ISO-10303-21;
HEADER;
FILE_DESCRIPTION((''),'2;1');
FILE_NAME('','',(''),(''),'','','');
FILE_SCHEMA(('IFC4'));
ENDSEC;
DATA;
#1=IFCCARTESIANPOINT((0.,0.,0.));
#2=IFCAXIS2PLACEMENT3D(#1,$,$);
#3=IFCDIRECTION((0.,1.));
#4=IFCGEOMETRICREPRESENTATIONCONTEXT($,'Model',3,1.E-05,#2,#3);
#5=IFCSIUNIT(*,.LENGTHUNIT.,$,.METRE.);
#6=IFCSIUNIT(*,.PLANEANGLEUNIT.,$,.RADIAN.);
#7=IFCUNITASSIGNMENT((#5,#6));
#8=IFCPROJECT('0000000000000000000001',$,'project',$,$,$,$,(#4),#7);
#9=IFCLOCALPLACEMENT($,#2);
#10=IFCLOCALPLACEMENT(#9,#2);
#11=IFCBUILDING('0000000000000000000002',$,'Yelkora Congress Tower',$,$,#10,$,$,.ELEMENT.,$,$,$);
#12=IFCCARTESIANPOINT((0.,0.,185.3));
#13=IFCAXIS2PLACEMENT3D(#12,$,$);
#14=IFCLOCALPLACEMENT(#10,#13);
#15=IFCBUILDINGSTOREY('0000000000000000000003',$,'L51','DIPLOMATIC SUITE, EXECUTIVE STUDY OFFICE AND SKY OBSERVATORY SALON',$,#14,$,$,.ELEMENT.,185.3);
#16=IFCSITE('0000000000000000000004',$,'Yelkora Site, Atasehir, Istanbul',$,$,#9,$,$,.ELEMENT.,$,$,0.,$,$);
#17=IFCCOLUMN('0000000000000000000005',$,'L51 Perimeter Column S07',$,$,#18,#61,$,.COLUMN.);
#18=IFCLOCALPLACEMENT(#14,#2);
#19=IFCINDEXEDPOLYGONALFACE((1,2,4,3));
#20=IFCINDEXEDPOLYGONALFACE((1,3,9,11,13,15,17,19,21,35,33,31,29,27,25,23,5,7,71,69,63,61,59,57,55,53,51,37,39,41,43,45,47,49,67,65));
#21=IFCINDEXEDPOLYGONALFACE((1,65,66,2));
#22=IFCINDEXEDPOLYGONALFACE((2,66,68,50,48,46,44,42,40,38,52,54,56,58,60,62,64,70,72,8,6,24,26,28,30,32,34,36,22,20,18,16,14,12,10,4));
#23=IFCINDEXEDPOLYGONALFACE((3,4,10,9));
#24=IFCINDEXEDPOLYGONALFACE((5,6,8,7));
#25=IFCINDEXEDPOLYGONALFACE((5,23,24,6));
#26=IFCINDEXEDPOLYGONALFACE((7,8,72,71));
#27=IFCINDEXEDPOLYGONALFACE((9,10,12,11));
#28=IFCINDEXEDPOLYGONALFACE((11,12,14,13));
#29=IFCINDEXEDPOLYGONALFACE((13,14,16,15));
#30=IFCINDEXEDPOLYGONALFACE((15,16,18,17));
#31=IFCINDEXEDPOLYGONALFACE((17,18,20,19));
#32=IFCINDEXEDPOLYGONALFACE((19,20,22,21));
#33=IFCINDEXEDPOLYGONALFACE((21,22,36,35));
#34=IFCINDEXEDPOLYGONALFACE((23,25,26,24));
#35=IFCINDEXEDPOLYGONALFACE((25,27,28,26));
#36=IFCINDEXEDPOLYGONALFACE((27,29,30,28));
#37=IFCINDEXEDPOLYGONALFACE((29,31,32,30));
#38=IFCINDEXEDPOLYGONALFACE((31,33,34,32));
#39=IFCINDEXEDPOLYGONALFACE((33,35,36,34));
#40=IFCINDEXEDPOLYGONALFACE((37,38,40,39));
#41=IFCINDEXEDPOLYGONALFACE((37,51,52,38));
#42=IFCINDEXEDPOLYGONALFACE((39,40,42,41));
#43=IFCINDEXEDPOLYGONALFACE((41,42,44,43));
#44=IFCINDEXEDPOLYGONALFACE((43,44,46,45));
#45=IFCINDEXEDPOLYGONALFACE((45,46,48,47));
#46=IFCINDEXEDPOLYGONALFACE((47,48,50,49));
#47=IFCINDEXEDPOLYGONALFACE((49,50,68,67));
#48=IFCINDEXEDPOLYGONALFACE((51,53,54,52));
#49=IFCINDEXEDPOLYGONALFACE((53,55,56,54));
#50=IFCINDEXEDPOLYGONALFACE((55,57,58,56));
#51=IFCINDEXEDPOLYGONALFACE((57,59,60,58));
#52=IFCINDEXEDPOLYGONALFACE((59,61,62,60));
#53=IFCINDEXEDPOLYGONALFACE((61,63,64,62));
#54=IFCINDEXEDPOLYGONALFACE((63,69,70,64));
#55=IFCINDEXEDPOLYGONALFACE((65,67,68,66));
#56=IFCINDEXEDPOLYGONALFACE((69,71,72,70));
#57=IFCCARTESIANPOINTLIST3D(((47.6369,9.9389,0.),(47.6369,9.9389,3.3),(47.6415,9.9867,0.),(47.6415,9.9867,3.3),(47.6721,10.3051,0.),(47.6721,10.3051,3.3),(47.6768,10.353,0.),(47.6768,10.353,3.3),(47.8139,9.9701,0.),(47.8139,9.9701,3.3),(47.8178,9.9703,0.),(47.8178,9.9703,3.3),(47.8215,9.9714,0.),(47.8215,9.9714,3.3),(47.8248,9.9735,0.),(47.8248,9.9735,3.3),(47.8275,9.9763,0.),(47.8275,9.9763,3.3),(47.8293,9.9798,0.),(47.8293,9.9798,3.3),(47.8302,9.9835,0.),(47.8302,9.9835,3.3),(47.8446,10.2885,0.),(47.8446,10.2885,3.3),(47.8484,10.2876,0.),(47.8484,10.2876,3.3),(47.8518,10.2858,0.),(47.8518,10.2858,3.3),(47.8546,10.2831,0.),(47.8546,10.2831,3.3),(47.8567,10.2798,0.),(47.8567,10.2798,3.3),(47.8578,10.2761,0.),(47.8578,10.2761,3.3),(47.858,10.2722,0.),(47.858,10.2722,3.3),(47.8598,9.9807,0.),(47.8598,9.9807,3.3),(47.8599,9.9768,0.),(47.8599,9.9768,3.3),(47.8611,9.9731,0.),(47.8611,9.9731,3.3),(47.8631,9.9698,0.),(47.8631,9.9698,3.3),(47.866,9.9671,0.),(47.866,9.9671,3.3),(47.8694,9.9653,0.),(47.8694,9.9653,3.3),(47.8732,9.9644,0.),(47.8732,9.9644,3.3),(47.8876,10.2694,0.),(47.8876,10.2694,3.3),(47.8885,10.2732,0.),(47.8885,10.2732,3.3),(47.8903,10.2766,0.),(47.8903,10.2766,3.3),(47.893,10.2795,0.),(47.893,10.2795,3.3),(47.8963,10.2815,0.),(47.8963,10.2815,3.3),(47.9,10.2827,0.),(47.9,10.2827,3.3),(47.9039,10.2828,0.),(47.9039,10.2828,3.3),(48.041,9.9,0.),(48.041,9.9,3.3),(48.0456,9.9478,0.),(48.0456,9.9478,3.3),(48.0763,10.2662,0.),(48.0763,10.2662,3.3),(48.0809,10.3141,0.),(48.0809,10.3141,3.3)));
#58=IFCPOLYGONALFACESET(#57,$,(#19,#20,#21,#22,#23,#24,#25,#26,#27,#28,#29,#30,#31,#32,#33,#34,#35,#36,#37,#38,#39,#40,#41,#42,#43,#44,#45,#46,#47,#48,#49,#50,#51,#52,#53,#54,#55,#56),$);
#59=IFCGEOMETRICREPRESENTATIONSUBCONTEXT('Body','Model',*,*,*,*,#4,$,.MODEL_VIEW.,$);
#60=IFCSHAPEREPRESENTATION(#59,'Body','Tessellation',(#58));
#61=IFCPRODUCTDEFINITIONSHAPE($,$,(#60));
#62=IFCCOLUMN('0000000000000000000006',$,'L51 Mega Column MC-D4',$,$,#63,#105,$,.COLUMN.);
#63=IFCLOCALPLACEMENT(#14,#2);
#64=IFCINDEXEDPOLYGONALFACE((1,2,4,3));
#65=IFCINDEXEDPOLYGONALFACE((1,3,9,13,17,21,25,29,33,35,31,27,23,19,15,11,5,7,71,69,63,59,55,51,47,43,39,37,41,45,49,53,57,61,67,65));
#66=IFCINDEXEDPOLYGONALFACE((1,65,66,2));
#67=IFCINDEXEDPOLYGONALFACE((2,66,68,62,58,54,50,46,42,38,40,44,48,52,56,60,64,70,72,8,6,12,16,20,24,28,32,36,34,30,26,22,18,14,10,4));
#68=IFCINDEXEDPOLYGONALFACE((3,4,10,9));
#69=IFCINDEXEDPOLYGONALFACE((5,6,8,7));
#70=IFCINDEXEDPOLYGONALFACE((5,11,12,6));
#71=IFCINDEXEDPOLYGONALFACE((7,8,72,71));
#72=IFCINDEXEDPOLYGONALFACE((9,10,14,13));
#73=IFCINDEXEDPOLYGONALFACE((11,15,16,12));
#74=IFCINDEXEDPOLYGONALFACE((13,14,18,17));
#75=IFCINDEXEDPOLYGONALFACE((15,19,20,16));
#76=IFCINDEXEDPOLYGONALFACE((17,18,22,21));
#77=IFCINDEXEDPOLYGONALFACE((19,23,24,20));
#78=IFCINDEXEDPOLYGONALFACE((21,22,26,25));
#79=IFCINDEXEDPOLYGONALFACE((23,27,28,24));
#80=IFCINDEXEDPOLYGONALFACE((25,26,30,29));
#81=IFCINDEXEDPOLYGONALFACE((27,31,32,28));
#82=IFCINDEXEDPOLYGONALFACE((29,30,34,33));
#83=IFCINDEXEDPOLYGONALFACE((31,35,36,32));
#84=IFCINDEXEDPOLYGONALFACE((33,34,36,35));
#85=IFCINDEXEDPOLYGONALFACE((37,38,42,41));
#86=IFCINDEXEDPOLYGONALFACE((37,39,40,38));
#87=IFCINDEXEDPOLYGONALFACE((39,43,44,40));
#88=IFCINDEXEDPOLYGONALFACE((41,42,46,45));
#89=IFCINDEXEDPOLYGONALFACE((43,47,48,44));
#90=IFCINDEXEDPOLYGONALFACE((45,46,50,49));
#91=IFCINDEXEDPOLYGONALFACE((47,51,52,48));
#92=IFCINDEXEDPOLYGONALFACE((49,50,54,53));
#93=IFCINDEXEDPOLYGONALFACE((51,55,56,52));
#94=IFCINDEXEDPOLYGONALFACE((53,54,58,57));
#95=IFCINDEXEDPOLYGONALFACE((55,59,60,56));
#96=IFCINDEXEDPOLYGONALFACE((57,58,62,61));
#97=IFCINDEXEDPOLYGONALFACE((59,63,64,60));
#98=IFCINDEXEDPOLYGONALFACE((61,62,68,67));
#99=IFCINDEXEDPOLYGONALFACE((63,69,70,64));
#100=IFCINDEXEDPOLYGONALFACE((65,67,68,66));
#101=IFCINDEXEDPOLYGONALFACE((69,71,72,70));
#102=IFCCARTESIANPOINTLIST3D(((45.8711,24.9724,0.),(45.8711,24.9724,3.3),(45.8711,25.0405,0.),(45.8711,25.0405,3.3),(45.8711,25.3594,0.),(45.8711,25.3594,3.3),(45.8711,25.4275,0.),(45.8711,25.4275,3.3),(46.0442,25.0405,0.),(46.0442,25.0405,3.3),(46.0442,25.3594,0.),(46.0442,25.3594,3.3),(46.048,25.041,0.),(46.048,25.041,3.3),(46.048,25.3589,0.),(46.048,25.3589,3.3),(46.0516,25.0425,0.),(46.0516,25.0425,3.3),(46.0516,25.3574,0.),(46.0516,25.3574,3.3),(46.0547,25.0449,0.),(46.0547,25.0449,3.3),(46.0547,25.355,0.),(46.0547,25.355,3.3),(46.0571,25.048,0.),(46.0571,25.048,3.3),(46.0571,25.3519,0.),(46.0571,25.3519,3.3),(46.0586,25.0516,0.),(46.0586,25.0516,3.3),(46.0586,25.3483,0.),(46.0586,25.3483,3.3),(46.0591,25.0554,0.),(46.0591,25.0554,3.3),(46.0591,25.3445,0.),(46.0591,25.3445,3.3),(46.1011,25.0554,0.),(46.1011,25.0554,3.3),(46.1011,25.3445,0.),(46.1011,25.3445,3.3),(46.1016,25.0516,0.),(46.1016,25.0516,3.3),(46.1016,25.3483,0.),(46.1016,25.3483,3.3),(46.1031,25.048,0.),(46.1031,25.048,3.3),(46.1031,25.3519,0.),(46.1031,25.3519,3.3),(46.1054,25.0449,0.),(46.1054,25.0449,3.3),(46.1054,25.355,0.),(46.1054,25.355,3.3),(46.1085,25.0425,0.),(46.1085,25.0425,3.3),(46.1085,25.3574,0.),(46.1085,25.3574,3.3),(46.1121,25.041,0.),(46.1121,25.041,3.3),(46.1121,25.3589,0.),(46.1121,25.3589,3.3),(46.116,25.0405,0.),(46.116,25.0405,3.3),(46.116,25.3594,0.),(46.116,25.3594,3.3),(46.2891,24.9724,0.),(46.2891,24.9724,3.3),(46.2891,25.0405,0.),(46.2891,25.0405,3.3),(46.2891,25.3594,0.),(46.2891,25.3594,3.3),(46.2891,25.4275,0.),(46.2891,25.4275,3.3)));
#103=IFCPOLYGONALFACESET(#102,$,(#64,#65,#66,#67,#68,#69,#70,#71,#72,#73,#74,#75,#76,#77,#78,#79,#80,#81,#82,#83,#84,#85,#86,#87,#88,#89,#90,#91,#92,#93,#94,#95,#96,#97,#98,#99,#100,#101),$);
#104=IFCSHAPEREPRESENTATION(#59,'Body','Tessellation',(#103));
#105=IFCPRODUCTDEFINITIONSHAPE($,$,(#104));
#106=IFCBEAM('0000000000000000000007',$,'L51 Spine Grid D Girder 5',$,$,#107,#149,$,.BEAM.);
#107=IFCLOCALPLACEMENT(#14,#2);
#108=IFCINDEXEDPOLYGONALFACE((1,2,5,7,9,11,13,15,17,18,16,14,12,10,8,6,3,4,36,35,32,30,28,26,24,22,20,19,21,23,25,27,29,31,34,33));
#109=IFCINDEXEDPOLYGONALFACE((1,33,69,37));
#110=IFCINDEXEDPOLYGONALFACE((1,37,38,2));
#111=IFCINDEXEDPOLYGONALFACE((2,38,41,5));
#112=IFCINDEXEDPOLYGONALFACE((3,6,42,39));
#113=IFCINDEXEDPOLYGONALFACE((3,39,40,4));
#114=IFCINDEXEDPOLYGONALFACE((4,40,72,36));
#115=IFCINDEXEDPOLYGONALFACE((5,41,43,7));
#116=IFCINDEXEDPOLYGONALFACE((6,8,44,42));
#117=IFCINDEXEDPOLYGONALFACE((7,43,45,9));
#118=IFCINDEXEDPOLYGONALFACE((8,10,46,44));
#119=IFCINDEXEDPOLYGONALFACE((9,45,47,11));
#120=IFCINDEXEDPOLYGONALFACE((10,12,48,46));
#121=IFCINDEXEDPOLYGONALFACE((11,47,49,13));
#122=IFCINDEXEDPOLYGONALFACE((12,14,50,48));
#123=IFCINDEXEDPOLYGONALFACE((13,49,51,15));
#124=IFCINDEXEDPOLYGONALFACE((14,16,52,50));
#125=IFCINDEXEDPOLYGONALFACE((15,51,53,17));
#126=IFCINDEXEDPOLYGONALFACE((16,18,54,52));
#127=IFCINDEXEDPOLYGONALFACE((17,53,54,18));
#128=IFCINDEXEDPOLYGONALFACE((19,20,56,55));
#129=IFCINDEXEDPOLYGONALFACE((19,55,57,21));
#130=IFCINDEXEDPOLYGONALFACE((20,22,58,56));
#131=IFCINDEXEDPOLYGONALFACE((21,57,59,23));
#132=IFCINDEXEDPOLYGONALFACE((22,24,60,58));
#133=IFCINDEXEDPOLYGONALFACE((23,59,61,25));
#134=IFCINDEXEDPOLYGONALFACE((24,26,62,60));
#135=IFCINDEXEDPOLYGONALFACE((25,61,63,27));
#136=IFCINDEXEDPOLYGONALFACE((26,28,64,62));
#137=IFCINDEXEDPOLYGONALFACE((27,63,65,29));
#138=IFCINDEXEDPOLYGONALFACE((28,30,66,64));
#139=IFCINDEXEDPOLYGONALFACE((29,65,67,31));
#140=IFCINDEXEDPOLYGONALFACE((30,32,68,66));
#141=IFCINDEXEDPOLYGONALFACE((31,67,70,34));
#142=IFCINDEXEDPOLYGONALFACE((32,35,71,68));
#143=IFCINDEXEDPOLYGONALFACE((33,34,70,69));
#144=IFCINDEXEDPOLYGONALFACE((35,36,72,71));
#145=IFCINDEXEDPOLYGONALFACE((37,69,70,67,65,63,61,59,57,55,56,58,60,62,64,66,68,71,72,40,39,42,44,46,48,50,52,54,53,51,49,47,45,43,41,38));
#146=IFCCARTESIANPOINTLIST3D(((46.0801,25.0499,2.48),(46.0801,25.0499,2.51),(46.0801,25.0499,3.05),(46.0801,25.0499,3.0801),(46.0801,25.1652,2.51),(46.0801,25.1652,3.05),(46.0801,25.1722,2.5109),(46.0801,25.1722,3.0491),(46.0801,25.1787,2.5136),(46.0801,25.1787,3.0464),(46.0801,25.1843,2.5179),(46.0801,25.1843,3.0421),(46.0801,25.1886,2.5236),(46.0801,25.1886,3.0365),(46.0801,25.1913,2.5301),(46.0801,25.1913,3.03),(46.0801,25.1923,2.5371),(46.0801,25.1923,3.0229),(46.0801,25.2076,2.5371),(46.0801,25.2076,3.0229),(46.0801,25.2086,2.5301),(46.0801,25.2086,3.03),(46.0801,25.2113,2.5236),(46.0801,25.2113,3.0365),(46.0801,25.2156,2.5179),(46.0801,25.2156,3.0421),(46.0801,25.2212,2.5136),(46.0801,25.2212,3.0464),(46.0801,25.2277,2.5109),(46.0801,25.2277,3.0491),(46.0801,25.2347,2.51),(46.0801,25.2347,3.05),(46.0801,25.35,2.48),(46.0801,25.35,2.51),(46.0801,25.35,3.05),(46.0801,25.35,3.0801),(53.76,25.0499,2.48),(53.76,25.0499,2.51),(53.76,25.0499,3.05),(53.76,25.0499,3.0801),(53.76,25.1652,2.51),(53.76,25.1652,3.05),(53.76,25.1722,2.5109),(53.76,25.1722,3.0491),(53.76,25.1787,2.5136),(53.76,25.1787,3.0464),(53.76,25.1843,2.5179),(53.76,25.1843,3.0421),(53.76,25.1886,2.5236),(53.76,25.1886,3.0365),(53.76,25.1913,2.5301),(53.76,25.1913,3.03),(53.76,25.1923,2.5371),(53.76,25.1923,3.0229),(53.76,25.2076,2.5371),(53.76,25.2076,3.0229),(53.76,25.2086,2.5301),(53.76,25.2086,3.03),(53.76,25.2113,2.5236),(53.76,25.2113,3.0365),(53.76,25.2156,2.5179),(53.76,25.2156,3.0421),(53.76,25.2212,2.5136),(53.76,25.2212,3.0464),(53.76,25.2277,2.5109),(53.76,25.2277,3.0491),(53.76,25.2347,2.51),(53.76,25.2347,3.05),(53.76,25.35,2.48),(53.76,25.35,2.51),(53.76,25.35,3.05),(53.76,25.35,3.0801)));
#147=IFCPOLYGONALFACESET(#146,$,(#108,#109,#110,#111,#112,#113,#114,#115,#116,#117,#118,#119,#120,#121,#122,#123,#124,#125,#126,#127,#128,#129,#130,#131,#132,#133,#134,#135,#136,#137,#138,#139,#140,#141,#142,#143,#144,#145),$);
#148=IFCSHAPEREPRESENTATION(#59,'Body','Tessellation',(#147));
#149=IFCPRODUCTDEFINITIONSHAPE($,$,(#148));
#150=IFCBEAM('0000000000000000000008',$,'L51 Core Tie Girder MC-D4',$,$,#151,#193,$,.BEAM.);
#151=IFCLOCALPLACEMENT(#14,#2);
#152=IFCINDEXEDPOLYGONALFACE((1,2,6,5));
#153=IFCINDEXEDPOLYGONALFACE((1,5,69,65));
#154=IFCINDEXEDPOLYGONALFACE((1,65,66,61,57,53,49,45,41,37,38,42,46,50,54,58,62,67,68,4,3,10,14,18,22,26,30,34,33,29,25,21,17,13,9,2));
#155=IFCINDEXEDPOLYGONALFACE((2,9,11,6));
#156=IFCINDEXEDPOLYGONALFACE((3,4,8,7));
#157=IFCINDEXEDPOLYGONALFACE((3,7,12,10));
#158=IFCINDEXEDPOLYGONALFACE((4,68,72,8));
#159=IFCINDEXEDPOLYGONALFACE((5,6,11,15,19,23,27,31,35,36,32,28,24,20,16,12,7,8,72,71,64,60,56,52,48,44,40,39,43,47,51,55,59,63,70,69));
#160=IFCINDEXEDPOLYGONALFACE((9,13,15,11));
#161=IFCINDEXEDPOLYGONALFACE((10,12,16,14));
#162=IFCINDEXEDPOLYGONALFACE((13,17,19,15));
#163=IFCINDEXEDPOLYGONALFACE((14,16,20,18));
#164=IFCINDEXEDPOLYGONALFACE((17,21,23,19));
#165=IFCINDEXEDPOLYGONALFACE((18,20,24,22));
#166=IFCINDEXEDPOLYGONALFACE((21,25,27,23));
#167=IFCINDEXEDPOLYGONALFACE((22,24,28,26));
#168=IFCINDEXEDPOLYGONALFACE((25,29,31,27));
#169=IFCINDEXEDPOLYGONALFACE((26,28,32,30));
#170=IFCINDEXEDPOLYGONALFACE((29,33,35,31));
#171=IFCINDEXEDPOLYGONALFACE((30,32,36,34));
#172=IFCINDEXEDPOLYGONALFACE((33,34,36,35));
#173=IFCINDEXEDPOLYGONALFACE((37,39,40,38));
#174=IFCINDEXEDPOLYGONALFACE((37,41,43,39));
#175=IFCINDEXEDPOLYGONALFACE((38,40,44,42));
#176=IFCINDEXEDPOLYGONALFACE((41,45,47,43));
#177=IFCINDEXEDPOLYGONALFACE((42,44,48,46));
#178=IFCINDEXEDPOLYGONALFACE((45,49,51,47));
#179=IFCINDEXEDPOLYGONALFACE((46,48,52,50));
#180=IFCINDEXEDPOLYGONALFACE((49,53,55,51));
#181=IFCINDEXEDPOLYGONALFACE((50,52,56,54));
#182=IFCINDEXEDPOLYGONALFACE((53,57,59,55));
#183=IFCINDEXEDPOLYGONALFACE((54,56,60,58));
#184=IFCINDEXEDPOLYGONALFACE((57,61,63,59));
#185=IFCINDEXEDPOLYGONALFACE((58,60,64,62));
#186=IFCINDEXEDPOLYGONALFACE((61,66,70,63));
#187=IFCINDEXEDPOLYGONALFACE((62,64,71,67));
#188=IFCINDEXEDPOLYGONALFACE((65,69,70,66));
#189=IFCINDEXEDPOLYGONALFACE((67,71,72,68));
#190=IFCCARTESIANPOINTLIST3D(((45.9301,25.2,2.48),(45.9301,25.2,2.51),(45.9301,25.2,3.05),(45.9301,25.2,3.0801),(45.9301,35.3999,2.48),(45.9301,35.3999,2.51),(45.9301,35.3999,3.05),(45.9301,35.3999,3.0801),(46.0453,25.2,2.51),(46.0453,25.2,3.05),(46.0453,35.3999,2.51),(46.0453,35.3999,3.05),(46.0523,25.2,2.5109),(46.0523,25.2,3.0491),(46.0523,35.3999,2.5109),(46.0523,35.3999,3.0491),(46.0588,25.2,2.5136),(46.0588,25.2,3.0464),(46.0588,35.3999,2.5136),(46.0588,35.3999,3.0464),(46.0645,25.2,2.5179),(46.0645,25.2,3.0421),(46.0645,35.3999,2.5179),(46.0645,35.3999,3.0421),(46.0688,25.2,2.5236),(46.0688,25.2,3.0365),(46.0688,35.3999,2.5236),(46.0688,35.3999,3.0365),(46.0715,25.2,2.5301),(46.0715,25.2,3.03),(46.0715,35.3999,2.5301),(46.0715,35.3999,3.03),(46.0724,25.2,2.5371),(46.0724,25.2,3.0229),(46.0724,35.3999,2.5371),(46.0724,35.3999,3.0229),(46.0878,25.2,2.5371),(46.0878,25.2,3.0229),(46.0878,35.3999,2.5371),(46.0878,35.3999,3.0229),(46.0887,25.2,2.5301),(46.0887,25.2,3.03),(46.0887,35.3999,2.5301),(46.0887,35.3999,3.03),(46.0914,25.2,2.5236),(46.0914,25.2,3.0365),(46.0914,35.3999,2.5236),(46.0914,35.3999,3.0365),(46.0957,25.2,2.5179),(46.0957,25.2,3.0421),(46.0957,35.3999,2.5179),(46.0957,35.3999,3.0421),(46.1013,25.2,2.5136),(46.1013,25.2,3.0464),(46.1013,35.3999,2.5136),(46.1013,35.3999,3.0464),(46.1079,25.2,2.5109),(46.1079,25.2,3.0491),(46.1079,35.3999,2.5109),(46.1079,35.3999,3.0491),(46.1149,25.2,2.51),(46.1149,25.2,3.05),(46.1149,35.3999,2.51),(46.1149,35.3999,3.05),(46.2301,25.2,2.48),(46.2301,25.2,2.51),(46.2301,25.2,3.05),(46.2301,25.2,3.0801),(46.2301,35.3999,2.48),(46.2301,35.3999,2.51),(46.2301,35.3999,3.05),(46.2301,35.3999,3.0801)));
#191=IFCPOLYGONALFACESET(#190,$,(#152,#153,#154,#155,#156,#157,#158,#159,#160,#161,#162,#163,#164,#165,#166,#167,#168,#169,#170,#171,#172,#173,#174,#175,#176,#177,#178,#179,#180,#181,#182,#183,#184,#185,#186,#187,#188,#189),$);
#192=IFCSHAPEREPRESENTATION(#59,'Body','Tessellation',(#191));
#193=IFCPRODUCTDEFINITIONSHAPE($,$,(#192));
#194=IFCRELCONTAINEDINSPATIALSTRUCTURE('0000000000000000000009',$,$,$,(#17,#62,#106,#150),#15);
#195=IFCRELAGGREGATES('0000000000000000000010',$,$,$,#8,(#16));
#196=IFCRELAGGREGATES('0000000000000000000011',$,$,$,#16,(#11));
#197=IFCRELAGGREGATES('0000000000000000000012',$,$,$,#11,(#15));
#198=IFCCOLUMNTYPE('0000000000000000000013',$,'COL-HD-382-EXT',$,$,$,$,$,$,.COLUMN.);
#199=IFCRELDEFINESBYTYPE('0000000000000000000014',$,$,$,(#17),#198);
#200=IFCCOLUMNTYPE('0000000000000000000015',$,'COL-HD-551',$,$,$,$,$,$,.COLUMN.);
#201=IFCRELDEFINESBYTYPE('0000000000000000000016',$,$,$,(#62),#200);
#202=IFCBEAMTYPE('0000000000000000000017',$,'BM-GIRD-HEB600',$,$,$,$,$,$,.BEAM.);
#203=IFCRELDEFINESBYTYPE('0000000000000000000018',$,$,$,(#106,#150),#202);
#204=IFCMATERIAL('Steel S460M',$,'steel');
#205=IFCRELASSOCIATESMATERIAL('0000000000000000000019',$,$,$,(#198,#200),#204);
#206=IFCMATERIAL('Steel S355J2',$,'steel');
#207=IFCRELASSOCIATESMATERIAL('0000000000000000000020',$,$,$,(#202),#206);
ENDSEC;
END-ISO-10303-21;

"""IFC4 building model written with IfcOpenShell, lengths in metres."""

from ifc_helpers import new_model, si_unit, direction, frame, origin, origin_2d, place, context, subcontext, project, spatial, i_section, extrude, material, material_profile, profile_set, type_object, element, save


model = new_model("IFC4")

# Units and contexts
model_context = context("Model", 3, precision=1e-05, world=origin(), true_north=direction((0.0, 1.0)))
body_context = subcontext(model_context, "Body", "Model", "MODEL_VIEW")
ifc_project = project(units=[si_unit("LENGTHUNIT", "METRE"), si_unit("PLANEANGLEUNIT", "RADIAN")], contexts=[model_context])

# Site, building, storey
site_placement = place(None, origin())
site = spatial("IfcSite", under=ifc_project, at=site_placement, Name="Yelkora Site, Atasehir, Istanbul", CompositionType="ELEMENT", RefElevation=0.0)
building_placement = place(site_placement, origin())
building = spatial("IfcBuilding", under=site, at=building_placement, Name="Yelkora Congress Tower", CompositionType="ELEMENT")
storey_placement = place(building_placement, frame((0.0, 0.0, 185.3)))
storey = spatial("IfcBuildingStorey", under=building, at=storey_placement, Name="L51", Description="DIPLOMATIC SUITE, EXECUTIVE STUDY OFFICE AND SKY OBSERVATORY SALON", CompositionType="ELEMENT", Elevation=185.3)

# Columns
ifc_material_1 = material(Name="Steel S460M", Category="steel")
ifc_material_profile_1 = material_profile(ifc_material_1, i_section(OverallWidth=0.406, OverallDepth=0.416, WebThickness=0.0298, FlangeThickness=0.0481, FilletRadius=0.0149, at=origin_2d()), Name="HD 400x382")
ifc_profile_set_1 = profile_set([ifc_material_profile_1], Name="Steel S460M")
column_type_1 = type_object("IfcColumnType", Name="COL-HD-382-EXT", PredefinedType="COLUMN", material=ifc_profile_set_1)
column_1_placement = place(storey_placement, frame((47.8589, 10.1265, 0.0), z_axis=(0.0, 0.0, 1.0), x_axis=(0.995396, -0.095846, 0.0)))
element("IfcColumn", 1, at=column_1_placement, inside=storey, type_object=column_type_1, Name="L51 Perimeter Column S07", PredefinedType="COLUMN", context=body_context, shape_type="SweptSolid", body=[
    extrude(i_section(OverallWidth=0.406, OverallDepth=0.416, WebThickness=0.0298, FlangeThickness=0.0481, FilletRadius=0.0149, at=origin_2d()), origin(), (0.0, 0.0, 1.0), 3.3),
])
ifc_material_profile_2 = material_profile(ifc_material_1, i_section(OverallWidth=0.418, OverallDepth=0.4551, WebThickness=0.042, FlangeThickness=0.0681, FilletRadius=0.0149, at=origin_2d()), Name="HD 400x551")
ifc_profile_set_2 = profile_set([ifc_material_profile_2], Name="Steel S460M")
column_type_2 = type_object("IfcColumnType", Name="COL-HD-551", PredefinedType="COLUMN", material=ifc_profile_set_2)
column_2_placement = place(storey_placement, frame((46.0801, 25.2, 0.0), z_axis=(0.0, 0.0, 1.0), x_axis=(1.0, 0.0, 0.0)))
element("IfcColumn", 2, at=column_2_placement, inside=storey, type_object=column_type_2, Name="L51 Mega Column MC-D4", PredefinedType="COLUMN", context=body_context, shape_type="SweptSolid", body=[
    extrude(i_section(OverallWidth=0.418, OverallDepth=0.4551, WebThickness=0.042, FlangeThickness=0.0681, FilletRadius=0.0149, at=origin_2d()), origin(), (0.0, 0.0, 1.0), 3.3),
])

# Beams
ifc_material_2 = material(Name="Steel S355J2", Category="steel")
ifc_material_profile_3 = material_profile(ifc_material_2, i_section(OverallWidth=0.3, OverallDepth=0.6001, WebThickness=0.0154, FlangeThickness=0.03, FilletRadius=0.0271, at=origin_2d()), Name="HEB 600")
ifc_profile_set_3 = profile_set([ifc_material_profile_3], Name="Steel S355J2")
beam_type_1 = type_object("IfcBeamType", Name="BM-GIRD-HEB600", PredefinedType="BEAM", material=ifc_profile_set_3)
beam_1_placement = place(storey_placement, frame((46.0801, 25.2, 2.78), z_axis=(1.0, 0.0, 0.0), x_axis=(0.0, 1.0, 0.0)))
element("IfcBeam", 3, at=beam_1_placement, inside=storey, type_object=beam_type_1, Name="L51 Spine Grid D Girder 5", PredefinedType="BEAM", context=body_context, shape_type="SweptSolid", body=[
    extrude(i_section(OverallWidth=0.3, OverallDepth=0.6001, WebThickness=0.0154, FlangeThickness=0.03, FilletRadius=0.0271, at=origin_2d()), origin(), (0.0, 0.0, 1.0), 7.6799),
])
beam_2_placement = place(storey_placement, frame((46.0801, 25.2, 2.78), z_axis=(0.0, 1.0, 0.0), x_axis=(-1.0, 0.0, 0.0)))
element("IfcBeam", 4, at=beam_2_placement, inside=storey, type_object=beam_type_1, Name="L51 Core Tie Girder MC-D4", PredefinedType="BEAM", context=body_context, shape_type="SweptSolid", body=[
    extrude(i_section(OverallWidth=0.3, OverallDepth=0.6001, WebThickness=0.0154, FlangeThickness=0.03, FilletRadius=0.0271, at=origin_2d()), origin(), (0.0, 0.0, 1.0), 10.2),
])

save(model, "model.ifc")
